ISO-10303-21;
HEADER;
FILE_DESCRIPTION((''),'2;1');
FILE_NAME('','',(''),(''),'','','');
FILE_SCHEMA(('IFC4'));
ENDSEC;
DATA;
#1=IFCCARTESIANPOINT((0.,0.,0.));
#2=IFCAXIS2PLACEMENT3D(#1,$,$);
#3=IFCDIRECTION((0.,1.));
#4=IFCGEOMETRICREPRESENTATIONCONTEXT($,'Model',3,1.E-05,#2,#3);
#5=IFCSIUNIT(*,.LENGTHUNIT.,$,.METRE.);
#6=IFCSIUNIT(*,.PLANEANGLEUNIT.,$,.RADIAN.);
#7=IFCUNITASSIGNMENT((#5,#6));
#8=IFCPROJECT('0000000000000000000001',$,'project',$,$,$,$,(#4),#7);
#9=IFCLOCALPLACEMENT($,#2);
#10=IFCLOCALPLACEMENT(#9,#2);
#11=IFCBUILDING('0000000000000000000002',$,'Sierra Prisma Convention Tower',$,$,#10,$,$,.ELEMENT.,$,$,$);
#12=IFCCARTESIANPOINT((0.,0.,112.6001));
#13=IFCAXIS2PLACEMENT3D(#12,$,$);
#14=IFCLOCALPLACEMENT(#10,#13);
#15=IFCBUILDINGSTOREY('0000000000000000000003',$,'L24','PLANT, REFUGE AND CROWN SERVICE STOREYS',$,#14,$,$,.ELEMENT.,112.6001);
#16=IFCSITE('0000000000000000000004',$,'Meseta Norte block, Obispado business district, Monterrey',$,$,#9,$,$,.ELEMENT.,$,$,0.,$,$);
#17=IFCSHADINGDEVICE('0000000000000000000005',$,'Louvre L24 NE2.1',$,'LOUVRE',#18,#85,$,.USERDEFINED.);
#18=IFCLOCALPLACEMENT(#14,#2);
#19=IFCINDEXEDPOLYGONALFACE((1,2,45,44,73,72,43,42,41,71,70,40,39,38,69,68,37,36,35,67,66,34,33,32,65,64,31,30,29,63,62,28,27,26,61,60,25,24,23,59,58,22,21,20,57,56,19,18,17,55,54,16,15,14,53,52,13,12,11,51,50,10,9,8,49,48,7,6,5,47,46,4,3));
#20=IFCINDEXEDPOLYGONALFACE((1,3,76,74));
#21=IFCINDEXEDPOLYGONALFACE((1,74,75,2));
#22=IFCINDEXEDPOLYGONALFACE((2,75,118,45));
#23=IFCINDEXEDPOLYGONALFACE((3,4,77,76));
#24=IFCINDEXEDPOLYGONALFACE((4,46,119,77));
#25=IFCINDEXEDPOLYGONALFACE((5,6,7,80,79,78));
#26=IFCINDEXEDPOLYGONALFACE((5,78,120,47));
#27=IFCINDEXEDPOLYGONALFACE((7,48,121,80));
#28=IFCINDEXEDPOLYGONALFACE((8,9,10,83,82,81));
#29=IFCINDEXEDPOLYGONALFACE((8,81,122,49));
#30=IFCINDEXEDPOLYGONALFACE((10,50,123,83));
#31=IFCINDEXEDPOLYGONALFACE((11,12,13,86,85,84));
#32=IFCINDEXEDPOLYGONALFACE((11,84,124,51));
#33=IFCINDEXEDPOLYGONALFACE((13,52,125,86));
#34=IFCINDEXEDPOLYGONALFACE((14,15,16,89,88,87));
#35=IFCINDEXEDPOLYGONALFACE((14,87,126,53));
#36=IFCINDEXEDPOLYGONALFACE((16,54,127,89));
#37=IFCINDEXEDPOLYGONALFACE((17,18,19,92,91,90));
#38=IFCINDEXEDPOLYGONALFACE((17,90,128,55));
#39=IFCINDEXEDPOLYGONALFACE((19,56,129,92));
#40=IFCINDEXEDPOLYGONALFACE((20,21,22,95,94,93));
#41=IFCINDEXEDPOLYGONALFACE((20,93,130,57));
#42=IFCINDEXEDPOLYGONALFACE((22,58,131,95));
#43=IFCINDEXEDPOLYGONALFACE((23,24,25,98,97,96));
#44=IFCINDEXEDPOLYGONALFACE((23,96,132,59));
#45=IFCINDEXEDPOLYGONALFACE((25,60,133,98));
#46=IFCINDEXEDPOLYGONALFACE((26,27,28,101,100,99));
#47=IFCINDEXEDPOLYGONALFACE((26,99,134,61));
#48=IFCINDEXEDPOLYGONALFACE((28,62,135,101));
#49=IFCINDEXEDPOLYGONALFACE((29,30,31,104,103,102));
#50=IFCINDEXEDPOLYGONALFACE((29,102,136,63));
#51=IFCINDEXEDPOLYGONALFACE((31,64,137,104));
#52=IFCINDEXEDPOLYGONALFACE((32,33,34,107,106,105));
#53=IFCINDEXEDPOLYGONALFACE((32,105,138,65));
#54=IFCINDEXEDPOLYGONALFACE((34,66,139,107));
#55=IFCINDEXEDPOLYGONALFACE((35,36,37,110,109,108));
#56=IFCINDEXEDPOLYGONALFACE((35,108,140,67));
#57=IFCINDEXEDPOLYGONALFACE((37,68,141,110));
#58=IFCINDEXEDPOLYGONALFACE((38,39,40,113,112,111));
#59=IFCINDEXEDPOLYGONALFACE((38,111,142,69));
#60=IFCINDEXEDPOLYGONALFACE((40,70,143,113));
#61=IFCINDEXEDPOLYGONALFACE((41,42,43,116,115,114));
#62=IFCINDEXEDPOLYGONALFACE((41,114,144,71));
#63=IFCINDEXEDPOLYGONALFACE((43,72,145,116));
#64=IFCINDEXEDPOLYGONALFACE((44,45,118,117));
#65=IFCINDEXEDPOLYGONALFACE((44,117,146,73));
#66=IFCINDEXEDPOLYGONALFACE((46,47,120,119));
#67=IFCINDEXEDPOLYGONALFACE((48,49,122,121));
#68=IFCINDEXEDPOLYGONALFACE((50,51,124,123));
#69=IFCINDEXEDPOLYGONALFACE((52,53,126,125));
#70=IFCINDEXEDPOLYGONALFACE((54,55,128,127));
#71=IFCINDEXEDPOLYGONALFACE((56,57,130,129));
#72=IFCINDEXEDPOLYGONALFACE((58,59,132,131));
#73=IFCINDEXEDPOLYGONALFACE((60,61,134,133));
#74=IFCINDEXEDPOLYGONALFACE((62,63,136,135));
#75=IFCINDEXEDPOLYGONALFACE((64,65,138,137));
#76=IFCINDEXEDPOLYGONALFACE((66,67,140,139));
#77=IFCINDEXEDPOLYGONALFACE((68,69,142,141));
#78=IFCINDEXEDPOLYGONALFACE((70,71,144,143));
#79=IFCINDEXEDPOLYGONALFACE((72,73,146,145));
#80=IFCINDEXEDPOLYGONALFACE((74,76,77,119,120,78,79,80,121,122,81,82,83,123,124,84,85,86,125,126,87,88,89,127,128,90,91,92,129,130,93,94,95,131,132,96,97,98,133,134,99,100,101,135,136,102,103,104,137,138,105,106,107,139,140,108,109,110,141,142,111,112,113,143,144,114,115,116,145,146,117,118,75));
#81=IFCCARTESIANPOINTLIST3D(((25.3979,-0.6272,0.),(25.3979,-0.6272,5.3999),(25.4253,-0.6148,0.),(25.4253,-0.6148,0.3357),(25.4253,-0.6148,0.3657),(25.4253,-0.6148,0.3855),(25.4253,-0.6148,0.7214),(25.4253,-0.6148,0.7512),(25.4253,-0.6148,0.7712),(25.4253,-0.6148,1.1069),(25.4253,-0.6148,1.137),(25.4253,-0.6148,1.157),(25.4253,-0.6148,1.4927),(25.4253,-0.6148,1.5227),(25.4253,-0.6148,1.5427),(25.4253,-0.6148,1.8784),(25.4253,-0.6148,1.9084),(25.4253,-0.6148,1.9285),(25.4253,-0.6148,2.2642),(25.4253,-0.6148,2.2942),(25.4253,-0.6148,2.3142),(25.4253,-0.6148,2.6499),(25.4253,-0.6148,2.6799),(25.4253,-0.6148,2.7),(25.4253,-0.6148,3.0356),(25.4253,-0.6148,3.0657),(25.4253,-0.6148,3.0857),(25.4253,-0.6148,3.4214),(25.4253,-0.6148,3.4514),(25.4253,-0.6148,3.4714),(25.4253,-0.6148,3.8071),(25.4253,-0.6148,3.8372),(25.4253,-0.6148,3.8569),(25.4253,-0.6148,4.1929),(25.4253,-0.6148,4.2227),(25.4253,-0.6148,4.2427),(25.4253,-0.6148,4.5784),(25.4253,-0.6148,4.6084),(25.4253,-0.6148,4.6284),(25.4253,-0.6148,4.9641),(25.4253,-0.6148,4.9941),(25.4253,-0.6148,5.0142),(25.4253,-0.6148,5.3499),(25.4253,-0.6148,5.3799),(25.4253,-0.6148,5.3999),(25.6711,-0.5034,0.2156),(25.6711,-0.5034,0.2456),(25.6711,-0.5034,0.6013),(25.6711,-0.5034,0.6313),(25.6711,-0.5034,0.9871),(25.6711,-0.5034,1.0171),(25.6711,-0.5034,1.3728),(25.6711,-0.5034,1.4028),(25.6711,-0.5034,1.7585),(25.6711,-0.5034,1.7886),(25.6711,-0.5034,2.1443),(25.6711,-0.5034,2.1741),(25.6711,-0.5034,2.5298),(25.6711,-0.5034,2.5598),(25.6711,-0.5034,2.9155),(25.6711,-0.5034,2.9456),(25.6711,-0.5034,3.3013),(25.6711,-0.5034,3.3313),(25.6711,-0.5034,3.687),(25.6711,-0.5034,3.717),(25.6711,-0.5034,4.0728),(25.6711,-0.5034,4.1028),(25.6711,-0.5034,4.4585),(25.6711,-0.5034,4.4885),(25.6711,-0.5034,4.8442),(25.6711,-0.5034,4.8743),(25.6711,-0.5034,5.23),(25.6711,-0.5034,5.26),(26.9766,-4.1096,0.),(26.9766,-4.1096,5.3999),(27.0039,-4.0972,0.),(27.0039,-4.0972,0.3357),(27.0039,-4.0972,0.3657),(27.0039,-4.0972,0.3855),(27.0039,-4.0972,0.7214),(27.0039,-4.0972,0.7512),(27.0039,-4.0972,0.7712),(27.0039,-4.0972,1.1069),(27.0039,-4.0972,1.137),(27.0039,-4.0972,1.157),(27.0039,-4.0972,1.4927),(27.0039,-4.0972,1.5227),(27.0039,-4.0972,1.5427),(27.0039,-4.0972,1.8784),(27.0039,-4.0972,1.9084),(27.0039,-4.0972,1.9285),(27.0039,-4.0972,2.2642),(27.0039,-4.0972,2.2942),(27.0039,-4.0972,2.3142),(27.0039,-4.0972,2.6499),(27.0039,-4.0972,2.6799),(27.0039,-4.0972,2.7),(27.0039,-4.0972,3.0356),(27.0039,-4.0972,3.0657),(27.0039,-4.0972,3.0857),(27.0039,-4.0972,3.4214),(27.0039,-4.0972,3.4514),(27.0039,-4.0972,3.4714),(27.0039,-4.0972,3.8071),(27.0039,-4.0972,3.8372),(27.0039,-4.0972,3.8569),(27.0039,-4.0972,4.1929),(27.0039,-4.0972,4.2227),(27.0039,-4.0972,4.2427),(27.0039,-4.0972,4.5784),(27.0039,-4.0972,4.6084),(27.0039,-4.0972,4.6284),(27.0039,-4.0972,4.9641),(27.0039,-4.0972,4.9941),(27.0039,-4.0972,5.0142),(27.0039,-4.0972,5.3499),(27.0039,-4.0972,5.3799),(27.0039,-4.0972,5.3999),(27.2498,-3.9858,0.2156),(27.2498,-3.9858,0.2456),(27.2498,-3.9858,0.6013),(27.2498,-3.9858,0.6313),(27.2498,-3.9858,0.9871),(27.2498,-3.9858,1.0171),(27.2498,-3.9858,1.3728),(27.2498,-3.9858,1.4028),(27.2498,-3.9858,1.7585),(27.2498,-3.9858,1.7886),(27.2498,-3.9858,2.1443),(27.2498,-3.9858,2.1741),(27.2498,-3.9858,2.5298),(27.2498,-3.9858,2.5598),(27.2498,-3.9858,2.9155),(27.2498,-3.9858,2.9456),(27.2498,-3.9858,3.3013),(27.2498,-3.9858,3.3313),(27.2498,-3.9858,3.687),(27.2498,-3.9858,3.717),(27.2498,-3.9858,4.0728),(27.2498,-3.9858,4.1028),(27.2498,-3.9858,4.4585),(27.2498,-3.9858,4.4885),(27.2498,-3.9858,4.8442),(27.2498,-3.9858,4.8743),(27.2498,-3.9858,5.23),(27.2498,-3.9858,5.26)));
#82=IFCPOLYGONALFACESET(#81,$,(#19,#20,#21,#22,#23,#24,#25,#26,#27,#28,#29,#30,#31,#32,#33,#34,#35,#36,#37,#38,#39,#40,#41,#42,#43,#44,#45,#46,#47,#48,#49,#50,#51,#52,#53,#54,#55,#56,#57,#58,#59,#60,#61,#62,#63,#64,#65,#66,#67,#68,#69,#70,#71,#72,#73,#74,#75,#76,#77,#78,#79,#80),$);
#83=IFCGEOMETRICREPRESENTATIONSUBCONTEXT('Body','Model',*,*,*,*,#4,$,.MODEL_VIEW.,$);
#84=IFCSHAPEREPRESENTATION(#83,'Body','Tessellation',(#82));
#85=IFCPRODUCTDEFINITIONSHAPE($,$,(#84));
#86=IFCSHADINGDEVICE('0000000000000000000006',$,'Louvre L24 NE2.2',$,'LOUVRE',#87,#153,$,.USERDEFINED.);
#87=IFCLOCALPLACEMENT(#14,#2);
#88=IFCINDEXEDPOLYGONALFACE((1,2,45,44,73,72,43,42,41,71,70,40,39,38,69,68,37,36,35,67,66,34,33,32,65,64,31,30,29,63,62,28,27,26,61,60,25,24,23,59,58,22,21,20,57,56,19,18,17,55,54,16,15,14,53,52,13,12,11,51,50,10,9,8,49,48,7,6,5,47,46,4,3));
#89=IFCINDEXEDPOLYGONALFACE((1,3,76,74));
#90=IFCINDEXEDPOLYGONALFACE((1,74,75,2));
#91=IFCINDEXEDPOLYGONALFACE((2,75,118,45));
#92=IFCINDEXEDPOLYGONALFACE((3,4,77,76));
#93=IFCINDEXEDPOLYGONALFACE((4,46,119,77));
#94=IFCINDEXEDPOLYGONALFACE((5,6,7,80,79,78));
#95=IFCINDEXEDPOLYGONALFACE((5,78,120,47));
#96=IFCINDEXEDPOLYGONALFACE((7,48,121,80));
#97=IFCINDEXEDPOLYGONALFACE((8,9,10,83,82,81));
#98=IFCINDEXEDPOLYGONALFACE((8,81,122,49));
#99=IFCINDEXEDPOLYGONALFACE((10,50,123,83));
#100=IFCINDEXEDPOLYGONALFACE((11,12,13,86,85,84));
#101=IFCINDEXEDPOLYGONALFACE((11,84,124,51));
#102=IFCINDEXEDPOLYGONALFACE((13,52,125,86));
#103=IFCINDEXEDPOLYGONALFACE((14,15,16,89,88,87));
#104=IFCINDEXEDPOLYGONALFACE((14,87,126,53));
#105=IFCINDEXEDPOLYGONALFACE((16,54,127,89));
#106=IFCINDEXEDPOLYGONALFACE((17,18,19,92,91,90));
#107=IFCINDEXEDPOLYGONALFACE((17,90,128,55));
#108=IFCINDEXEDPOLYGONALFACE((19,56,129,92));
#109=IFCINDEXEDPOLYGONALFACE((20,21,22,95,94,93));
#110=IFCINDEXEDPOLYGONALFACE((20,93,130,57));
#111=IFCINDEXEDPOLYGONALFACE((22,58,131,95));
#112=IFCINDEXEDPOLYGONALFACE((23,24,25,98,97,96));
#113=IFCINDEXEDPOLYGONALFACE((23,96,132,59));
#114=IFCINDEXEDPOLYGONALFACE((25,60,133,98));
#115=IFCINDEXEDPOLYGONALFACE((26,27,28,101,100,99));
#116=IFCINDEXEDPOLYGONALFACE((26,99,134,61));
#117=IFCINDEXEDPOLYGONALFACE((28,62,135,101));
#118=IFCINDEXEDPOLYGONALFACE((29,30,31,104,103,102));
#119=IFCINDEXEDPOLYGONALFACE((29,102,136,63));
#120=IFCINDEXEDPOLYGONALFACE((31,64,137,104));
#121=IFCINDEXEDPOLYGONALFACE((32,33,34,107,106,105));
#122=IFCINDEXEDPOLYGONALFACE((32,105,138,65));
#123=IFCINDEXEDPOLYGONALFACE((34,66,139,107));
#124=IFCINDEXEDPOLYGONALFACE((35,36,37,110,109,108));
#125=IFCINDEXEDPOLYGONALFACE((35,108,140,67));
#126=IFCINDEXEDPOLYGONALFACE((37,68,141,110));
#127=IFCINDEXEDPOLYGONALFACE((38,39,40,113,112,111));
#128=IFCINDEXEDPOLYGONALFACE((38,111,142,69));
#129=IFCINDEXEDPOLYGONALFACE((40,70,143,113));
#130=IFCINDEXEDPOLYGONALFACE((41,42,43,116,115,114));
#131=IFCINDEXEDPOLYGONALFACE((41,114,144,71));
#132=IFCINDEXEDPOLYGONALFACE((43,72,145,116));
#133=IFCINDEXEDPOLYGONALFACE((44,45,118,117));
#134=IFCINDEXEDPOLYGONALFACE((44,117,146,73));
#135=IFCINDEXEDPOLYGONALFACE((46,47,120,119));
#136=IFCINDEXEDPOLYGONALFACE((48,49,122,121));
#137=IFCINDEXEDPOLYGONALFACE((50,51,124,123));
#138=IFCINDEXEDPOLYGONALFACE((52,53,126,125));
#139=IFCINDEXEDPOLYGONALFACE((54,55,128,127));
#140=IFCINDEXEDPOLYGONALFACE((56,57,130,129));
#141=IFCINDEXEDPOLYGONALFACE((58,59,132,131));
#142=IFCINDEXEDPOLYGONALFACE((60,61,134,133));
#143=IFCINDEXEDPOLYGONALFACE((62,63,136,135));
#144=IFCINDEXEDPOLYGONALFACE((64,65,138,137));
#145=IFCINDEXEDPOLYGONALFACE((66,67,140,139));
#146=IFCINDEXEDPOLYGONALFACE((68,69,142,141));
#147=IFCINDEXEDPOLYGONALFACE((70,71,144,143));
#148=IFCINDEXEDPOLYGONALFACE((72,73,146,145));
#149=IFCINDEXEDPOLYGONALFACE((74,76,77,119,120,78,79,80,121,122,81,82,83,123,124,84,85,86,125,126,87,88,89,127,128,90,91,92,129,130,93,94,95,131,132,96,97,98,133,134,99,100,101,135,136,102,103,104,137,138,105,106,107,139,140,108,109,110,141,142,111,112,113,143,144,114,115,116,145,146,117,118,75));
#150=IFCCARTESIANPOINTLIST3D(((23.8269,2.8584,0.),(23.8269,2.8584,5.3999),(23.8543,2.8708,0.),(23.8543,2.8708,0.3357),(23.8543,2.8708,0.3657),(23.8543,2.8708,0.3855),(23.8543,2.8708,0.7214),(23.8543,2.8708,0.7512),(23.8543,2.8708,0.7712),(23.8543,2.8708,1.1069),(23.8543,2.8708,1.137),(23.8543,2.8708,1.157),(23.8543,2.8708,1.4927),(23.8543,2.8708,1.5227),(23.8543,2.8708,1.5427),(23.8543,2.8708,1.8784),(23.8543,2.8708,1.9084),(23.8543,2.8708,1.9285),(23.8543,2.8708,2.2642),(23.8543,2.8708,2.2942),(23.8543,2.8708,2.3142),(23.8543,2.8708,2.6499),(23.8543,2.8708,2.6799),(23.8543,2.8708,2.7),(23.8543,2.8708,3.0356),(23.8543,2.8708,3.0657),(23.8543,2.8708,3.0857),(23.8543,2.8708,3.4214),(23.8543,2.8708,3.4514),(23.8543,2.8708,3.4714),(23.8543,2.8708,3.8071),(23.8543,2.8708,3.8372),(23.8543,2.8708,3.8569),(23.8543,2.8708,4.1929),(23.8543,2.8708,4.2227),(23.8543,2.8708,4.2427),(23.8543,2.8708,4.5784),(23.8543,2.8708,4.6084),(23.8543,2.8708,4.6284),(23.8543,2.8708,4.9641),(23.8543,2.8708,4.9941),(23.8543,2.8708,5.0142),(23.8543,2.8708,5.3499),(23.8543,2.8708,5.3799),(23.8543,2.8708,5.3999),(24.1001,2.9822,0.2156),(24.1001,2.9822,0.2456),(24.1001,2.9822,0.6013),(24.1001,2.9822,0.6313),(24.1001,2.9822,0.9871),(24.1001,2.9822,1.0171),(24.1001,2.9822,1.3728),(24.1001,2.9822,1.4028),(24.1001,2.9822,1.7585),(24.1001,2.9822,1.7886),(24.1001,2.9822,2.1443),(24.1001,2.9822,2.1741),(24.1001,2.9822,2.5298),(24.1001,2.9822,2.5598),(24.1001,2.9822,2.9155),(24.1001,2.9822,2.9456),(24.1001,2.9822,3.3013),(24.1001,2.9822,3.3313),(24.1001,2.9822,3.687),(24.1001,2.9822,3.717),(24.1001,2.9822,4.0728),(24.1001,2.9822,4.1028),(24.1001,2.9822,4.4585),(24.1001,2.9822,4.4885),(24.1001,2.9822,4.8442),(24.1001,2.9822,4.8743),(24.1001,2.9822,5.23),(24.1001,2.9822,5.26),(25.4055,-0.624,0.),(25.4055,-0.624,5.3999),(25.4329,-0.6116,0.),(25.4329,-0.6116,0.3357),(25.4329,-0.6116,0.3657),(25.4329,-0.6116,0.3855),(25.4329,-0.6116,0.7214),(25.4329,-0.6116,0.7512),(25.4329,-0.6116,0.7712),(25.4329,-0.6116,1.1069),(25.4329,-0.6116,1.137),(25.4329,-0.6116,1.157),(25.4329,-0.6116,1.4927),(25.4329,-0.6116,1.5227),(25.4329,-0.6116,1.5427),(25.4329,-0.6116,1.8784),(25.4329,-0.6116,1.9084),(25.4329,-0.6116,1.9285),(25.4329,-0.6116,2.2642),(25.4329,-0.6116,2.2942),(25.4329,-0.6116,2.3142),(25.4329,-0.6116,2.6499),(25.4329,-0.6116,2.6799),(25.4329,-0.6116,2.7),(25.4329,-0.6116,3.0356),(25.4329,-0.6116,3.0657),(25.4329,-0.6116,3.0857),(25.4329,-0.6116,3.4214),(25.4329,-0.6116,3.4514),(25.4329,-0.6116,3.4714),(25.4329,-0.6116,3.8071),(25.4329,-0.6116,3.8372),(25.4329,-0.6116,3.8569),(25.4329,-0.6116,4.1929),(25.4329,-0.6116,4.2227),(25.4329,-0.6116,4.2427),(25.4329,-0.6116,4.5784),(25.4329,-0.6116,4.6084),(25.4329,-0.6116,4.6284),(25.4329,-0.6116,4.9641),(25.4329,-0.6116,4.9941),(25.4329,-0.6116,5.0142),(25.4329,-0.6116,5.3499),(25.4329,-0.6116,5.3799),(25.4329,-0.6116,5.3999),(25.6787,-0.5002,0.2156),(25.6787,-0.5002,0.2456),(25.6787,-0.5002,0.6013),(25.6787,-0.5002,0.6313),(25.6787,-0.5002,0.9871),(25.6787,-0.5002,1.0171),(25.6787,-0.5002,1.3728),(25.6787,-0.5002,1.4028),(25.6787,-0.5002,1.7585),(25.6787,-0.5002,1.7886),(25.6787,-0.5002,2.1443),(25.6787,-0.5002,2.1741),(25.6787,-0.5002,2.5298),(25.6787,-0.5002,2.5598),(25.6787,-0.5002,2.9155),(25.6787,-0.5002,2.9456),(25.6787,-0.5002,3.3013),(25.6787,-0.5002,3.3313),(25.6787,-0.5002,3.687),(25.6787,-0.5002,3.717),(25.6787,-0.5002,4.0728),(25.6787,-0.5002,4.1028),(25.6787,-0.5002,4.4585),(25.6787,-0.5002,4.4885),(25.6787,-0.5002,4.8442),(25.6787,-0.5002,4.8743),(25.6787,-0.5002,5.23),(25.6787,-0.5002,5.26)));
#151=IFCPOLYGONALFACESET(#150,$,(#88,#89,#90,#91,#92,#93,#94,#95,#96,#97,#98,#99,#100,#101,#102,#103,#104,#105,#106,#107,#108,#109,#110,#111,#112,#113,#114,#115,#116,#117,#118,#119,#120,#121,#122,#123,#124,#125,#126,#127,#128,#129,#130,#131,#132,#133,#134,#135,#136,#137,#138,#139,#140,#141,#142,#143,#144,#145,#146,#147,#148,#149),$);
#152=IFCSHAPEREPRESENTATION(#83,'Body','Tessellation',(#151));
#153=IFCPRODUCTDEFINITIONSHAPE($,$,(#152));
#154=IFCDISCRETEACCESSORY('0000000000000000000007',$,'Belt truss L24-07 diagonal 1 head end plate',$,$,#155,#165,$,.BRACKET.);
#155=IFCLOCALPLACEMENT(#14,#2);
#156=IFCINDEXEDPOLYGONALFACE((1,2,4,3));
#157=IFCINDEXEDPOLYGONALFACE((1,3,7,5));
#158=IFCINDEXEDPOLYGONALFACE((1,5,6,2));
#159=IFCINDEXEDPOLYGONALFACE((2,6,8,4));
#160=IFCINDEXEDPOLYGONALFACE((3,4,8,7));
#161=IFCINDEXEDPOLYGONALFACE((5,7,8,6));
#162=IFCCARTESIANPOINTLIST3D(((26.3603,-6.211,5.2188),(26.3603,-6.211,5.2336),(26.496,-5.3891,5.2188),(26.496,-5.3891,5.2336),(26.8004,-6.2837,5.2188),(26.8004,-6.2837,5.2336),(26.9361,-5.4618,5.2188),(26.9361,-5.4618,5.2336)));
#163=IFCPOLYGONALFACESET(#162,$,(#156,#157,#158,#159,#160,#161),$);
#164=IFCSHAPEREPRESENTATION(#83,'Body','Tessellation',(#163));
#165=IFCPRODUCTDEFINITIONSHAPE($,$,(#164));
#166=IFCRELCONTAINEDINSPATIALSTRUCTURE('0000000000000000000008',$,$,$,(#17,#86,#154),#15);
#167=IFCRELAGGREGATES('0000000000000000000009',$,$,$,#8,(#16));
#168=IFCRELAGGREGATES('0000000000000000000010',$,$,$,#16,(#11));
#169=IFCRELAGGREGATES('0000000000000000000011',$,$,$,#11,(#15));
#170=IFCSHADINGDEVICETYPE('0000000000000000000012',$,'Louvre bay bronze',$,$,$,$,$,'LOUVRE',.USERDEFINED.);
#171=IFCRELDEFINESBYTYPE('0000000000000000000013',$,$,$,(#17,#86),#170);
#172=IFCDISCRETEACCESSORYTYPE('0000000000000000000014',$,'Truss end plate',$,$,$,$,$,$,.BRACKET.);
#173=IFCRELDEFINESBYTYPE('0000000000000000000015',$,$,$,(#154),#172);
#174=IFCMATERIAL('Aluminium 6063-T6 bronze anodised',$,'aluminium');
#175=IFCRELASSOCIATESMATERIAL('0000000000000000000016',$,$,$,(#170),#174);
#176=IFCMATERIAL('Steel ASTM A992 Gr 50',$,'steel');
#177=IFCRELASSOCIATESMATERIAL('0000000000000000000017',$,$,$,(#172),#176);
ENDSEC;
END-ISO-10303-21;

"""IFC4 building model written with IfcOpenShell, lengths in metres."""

from ifc_helpers import new_model, si_unit, direction, frame, origin, origin_2d, place, context, subcontext, project, spatial, polyline, rectangle, outline, extrude, material, type_object, element, save


model = new_model("IFC4")

# Units and contexts
model_context = context("Model", 3, precision=1e-05, world=origin(), true_north=direction((0.0, 1.0)))
body_context = subcontext(model_context, "Body", "Model", "MODEL_VIEW")
ifc_project = project(units=[si_unit("LENGTHUNIT", "METRE"), si_unit("PLANEANGLEUNIT", "RADIAN")], contexts=[model_context])

# Site, building, storey
site_placement = place(None, origin())
site = spatial("IfcSite", under=ifc_project, at=site_placement, Name="Meseta Norte block, Obispado business district, Monterrey", CompositionType="ELEMENT", RefElevation=0.0)
building_placement = place(site_placement, origin())
building = spatial("IfcBuilding", under=site, at=building_placement, Name="Sierra Prisma Convention Tower", CompositionType="ELEMENT")
storey_placement = place(building_placement, frame((0.0, 0.0, 112.6001)))
storey = spatial("IfcBuildingStorey", under=building, at=storey_placement, Name="L24", Description="PLANT, REFUGE AND CROWN SERVICE STOREYS", CompositionType="ELEMENT", Elevation=112.6001)

# Shading devices
ifc_material_1 = material(Name="Aluminium 6063-T6 bronze anodised", Category="aluminium")
shading_device_type = type_object("IfcShadingDeviceType", Name="Louvre bay bronze", ElementType="LOUVRE", PredefinedType="USERDEFINED", material=ifc_material_1)
shading_device_1_placement = place(storey_placement, frame((26.9766, -4.1096, 0.0), z_axis=(0.412874, -0.910788, 0.0), x_axis=(0.0, 0.0, 1.0)))
element("IfcShadingDevice", 1, at=shading_device_1_placement, inside=storey, type_object=shading_device_type, Name="Louvre L24 NE2.1", ObjectType="LOUVRE", PredefinedType="USERDEFINED", context=body_context, shape_type="SweptSolid", body=[
    extrude(outline(polyline([(0.0, 0.0), (5.3999, 0.0), (5.3999, -0.03), (5.3799, -0.03), (5.26, -0.2999), (5.23, -0.2999), (5.3499, -0.03), (5.0142, -0.03), (4.9941, -0.03), (4.8743, -0.2999), (4.8442, -0.2999), (4.9641, -0.03), (4.6284, -0.03), (4.6084, -0.03), (4.4885, -0.2999), (4.4585, -0.2999), (4.5784, -0.03), (4.2427, -0.03), (4.2227, -0.03), (4.1028, -0.2999), (4.0728, -0.2999), (4.1929, -0.03), (3.8569, -0.03), (3.8372, -0.03), (3.717, -0.2999), (3.687, -0.2999), (3.8071, -0.03), (3.4714, -0.03), (3.4514, -0.03), (3.3313, -0.2999), (3.3013, -0.2999), (3.4214, -0.03), (3.0857, -0.03), (3.0657, -0.03), (2.9456, -0.2999), (2.9155, -0.2999), (3.0356, -0.03), (2.7, -0.03), (2.6799, -0.03), (2.5598, -0.2999), (2.5298, -0.2999), (2.6499, -0.03), (2.3142, -0.03), (2.2942, -0.03), (2.1741, -0.2999), (2.1443, -0.2999), (2.2642, -0.03), (1.9285, -0.03), (1.9084, -0.03), (1.7886, -0.2999), (1.7585, -0.2999), (1.8784, -0.03), (1.5427, -0.03), (1.5227, -0.03), (1.4028, -0.2999), (1.3728, -0.2999), (1.4927, -0.03), (1.157, -0.03), (1.137, -0.03), (1.0171, -0.2999), (0.9871, -0.2999), (1.1069, -0.03), (0.7712, -0.03), (0.7512, -0.03), (0.6313, -0.2999), (0.6013, -0.2999), (0.7214, -0.03), (0.3855, -0.03), (0.3657, -0.03), (0.2456, -0.2999), (0.2156, -0.2999), (0.3357, -0.03), (0.0, -0.03), (0.0, 0.0)])), origin(), (0.0, 0.0, -1.0), 3.8235),
])
shading_device_2_placement = place(storey_placement, frame((25.4055, -0.624, 0.0), z_axis=(0.412874, -0.910788, 0.0), x_axis=(0.0, 0.0, 1.0)))
element("IfcShadingDevice", 2, at=shading_device_2_placement, inside=storey, type_object=shading_device_type, Name="Louvre L24 NE2.2", ObjectType="LOUVRE", PredefinedType="USERDEFINED", context=body_context, shape_type="SweptSolid", body=[
    extrude(outline(polyline([(0.0, 0.0), (5.3999, 0.0), (5.3999, -0.03), (5.3799, -0.03), (5.26, -0.2999), (5.23, -0.2999), (5.3499, -0.03), (5.0142, -0.03), (4.9941, -0.03), (4.8743, -0.2999), (4.8442, -0.2999), (4.9641, -0.03), (4.6284, -0.03), (4.6084, -0.03), (4.4885, -0.2999), (4.4585, -0.2999), (4.5784, -0.03), (4.2427, -0.03), (4.2227, -0.03), (4.1028, -0.2999), (4.0728, -0.2999), (4.1929, -0.03), (3.8569, -0.03), (3.8372, -0.03), (3.717, -0.2999), (3.687, -0.2999), (3.8071, -0.03), (3.4714, -0.03), (3.4514, -0.03), (3.3313, -0.2999), (3.3013, -0.2999), (3.4214, -0.03), (3.0857, -0.03), (3.0657, -0.03), (2.9456, -0.2999), (2.9155, -0.2999), (3.0356, -0.03), (2.7, -0.03), (2.6799, -0.03), (2.5598, -0.2999), (2.5298, -0.2999), (2.6499, -0.03), (2.3142, -0.03), (2.2942, -0.03), (2.1741, -0.2999), (2.1443, -0.2999), (2.2642, -0.03), (1.9285, -0.03), (1.9084, -0.03), (1.7886, -0.2999), (1.7585, -0.2999), (1.8784, -0.03), (1.5427, -0.03), (1.5227, -0.03), (1.4028, -0.2999), (1.3728, -0.2999), (1.4927, -0.03), (1.157, -0.03), (1.137, -0.03), (1.0171, -0.2999), (0.9871, -0.2999), (1.1069, -0.03), (0.7712, -0.03), (0.7512, -0.03), (0.6313, -0.2999), (0.6013, -0.2999), (0.7214, -0.03), (0.3855, -0.03), (0.3657, -0.03), (0.2456, -0.2999), (0.2156, -0.2999), (0.3357, -0.03), (0.0, -0.03), (0.0, 0.0)])), origin(), (0.0, 0.0, -1.0), 3.8235),
])

# Discrete accessory
ifc_material_2 = material(Name="Steel ASTM A992 Gr 50", Category="steel")
discrete_accessory_type = type_object("IfcDiscreteAccessoryType", Name="Truss end plate", PredefinedType="BRACKET", material=ifc_material_2)
discrete_accessory_1_placement = place(storey_placement, frame((26.6482, -5.8364, 5.2188), z_axis=(0.0, 0.0, 1.0), x_axis=(0.162944, 0.986635, 0.0)))
element("IfcDiscreteAccessory", 3, at=discrete_accessory_1_placement, inside=storey, type_object=discrete_accessory_type, Name="Belt truss L24-07 diagonal 1 head end plate", PredefinedType="BRACKET", context=body_context, shape_type="SweptSolid", body=[
    extrude(rectangle(XDim=0.833, YDim=0.446, at=origin_2d()), origin(), (0.0, 0.0, 1.0), 0.0149),
])

save(model, "model.ifc")
